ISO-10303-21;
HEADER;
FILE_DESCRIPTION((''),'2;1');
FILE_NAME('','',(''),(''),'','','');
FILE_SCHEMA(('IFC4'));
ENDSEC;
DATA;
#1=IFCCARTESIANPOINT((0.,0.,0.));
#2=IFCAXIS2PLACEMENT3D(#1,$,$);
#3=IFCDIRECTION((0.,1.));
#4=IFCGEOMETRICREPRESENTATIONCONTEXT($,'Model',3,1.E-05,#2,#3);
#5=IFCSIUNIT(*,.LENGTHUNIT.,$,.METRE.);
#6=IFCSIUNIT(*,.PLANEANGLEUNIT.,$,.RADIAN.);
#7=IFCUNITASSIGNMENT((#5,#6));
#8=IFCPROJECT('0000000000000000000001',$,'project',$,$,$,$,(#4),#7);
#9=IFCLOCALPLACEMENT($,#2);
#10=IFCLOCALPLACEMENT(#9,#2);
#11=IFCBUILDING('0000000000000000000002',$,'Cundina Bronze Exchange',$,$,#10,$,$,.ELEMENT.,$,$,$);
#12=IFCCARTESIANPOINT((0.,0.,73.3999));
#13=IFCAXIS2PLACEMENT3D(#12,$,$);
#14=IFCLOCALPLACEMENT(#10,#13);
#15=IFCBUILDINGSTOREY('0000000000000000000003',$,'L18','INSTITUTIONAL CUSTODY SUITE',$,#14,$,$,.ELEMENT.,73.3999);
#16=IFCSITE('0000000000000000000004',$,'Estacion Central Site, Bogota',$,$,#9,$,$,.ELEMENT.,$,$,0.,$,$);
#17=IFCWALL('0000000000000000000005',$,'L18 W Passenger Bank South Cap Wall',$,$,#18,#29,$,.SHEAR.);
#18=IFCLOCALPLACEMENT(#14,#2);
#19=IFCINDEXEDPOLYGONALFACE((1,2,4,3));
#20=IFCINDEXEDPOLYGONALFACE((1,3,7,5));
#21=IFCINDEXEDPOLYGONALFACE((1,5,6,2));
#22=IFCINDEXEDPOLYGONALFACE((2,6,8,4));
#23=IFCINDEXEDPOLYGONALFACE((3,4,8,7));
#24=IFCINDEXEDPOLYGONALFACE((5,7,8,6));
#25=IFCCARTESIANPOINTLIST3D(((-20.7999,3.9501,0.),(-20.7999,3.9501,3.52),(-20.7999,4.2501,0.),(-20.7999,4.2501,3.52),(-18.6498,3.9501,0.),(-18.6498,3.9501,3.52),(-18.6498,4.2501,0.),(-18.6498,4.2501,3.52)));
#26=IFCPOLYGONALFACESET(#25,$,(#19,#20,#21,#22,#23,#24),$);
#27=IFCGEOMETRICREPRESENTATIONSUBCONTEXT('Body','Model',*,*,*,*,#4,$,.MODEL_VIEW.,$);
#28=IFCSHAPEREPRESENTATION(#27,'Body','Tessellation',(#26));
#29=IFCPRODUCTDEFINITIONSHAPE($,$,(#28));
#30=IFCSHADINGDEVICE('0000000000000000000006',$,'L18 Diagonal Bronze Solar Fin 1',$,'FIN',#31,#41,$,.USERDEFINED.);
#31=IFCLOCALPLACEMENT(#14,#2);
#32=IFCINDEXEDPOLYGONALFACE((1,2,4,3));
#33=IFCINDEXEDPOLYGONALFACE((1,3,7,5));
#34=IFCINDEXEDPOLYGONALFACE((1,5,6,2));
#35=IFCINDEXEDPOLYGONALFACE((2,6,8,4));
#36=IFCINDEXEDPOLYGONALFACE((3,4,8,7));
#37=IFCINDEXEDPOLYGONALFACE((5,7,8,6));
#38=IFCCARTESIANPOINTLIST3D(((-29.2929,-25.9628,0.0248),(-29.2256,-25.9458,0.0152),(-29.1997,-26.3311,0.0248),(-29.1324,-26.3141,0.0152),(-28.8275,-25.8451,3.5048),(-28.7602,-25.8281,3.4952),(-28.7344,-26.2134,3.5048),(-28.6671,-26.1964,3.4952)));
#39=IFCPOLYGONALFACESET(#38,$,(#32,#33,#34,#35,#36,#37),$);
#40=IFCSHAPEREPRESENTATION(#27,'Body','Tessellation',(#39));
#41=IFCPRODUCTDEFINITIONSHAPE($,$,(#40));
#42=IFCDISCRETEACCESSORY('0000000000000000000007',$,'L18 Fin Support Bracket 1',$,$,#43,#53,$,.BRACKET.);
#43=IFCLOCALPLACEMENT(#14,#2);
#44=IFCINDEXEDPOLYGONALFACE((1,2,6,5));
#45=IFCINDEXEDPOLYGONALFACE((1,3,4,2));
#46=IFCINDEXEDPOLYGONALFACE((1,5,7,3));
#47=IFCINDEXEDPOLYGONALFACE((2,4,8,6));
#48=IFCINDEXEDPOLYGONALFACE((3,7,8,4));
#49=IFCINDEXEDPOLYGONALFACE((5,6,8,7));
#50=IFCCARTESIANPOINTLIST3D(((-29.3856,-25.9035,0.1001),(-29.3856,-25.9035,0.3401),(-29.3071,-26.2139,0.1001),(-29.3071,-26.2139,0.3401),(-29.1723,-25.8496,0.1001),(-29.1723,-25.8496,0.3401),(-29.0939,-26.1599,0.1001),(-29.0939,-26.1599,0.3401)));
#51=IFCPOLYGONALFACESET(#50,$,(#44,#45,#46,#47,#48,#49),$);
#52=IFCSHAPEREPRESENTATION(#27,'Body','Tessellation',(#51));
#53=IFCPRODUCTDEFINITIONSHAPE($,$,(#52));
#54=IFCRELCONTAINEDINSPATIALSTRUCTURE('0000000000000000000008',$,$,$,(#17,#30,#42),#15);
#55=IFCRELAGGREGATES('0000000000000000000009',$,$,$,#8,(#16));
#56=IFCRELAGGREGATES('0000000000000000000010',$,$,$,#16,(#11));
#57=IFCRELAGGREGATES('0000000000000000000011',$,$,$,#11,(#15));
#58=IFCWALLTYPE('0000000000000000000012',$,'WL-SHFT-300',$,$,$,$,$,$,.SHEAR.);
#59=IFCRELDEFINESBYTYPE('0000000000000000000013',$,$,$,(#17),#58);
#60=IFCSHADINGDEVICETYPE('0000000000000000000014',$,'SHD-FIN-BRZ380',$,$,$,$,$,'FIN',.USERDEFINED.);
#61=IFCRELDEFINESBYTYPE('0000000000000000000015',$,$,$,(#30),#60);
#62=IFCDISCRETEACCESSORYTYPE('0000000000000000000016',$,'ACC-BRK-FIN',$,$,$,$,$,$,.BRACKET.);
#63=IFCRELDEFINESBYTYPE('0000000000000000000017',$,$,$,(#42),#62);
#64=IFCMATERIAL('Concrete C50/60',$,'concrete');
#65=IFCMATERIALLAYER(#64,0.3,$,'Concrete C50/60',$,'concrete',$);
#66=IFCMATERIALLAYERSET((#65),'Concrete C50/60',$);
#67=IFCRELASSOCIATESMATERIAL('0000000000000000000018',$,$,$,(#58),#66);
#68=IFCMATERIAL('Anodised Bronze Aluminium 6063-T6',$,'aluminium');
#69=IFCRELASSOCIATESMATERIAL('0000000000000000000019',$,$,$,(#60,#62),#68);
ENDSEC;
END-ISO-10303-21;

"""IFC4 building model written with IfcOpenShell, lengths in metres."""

from ifc_helpers import new_model, si_unit, direction, frame, frame_2d, origin, origin_2d, place, context, subcontext, project, spatial, rectangle, extrude, material, layer, layer_set, material_profile, profile_set, type_object, element, save


model = new_model("IFC4")

# Units and contexts
model_context = context("Model", 3, precision=1e-05, world=origin(), true_north=direction((0.0, 1.0)))
body_context = subcontext(model_context, "Body", "Model", "MODEL_VIEW")
ifc_project = project(units=[si_unit("LENGTHUNIT", "METRE"), si_unit("PLANEANGLEUNIT", "RADIAN")], contexts=[model_context])

# Site, building, storey
site_placement = place(None, origin())
site = spatial("IfcSite", under=ifc_project, at=site_placement, Name="Estacion Central Site, Bogota", CompositionType="ELEMENT", RefElevation=0.0)
building_placement = place(site_placement, origin())
building = spatial("IfcBuilding", under=site, at=building_placement, Name="Cundina Bronze Exchange", CompositionType="ELEMENT")
storey_placement = place(building_placement, frame((0.0, 0.0, 73.3999)))
storey = spatial("IfcBuildingStorey", under=building, at=storey_placement, Name="L18", Description="INSTITUTIONAL CUSTODY SUITE", CompositionType="ELEMENT", Elevation=73.3999)

# Shared definitions
ifc_material_1 = material(Name="Anodised Bronze Aluminium 6063-T6", Category="aluminium")

# Wall
ifc_material_2 = material(Name="Concrete C50/60", Category="concrete")
ifc_layer_1 = layer(ifc_material_2, 0.3, Name="Concrete C50/60", Category="concrete")
ifc_layer_set_1 = layer_set([ifc_layer_1], Name="Concrete C50/60")
wall_type_1 = type_object("IfcWallType", Name="WL-SHFT-300", PredefinedType="SHEAR", material=ifc_layer_set_1)
wall_1_placement = place(storey_placement, frame((-20.8, 4.1001, 0.0), z_axis=(0.0, 0.0, 1.0), x_axis=(1.0, 0.0, 0.0)))
element("IfcWall", 1, at=wall_1_placement, inside=storey, type_object=wall_type_1, Name="L18 W Passenger Bank South Cap Wall", PredefinedType="SHEAR", context=body_context, shape_type="SweptSolid", body=[
    extrude(rectangle(XDim=2.1501, YDim=0.3, at=frame_2d((1.0752, 0.0))), origin(), (0.0, 0.0, 1.0), 3.52),
])

# Shading device
ifc_material_profile_1 = material_profile(ifc_material_1, rectangle(XDim=0.0701, YDim=0.3799, at=origin_2d()), Name="FIN70X380", Category="aluminium")
ifc_profile_set_1 = profile_set([ifc_material_profile_1], Name="Anodised Bronze Aluminium 6063-T6")
shading_device_type = type_object("IfcShadingDeviceType", Name="SHD-FIN-BRZ380", ElementType="FIN", PredefinedType="USERDEFINED", material=ifc_profile_set_1)
shading_device_placement = place(storey_placement, frame((-29.2126, -26.1384, 0.02), z_axis=(0.132463, 0.033498, 0.990622), x_axis=(-0.960389, -0.242868, 0.136633)))
element("IfcShadingDevice", 2, at=shading_device_placement, inside=storey, type_object=shading_device_type, Name="L18 Diagonal Bronze Solar Fin 1", ObjectType="FIN", PredefinedType="USERDEFINED", context=body_context, shape_type="SweptSolid", body=[
    extrude(rectangle(XDim=0.0701, YDim=0.3799, at=origin_2d()), origin(), (0.0, 0.0, 1.0), 3.5129),
])

# Discrete accessory
discrete_accessory_type = type_object("IfcDiscreteAccessoryType", Name="ACC-BRK-FIN", PredefinedType="BRACKET", material=ifc_material_1)
discrete_accessory_placement = place(storey_placement, frame((-29.2397, -26.0317, 0.1001), z_axis=(0.0, 0.0, 1.0), x_axis=(0.969488, 0.245138, 0.0)))
element("IfcDiscreteAccessory", 3, at=discrete_accessory_placement, inside=storey, type_object=discrete_accessory_type, Name="L18 Fin Support Bracket 1", PredefinedType="BRACKET", context=body_context, shape_type="SweptSolid", body=[
    extrude(rectangle(XDim=0.22, YDim=0.3201, at=origin_2d()), origin(), (0.0, 0.0, 1.0), 0.24),
])

save(model, "model.ifc")
